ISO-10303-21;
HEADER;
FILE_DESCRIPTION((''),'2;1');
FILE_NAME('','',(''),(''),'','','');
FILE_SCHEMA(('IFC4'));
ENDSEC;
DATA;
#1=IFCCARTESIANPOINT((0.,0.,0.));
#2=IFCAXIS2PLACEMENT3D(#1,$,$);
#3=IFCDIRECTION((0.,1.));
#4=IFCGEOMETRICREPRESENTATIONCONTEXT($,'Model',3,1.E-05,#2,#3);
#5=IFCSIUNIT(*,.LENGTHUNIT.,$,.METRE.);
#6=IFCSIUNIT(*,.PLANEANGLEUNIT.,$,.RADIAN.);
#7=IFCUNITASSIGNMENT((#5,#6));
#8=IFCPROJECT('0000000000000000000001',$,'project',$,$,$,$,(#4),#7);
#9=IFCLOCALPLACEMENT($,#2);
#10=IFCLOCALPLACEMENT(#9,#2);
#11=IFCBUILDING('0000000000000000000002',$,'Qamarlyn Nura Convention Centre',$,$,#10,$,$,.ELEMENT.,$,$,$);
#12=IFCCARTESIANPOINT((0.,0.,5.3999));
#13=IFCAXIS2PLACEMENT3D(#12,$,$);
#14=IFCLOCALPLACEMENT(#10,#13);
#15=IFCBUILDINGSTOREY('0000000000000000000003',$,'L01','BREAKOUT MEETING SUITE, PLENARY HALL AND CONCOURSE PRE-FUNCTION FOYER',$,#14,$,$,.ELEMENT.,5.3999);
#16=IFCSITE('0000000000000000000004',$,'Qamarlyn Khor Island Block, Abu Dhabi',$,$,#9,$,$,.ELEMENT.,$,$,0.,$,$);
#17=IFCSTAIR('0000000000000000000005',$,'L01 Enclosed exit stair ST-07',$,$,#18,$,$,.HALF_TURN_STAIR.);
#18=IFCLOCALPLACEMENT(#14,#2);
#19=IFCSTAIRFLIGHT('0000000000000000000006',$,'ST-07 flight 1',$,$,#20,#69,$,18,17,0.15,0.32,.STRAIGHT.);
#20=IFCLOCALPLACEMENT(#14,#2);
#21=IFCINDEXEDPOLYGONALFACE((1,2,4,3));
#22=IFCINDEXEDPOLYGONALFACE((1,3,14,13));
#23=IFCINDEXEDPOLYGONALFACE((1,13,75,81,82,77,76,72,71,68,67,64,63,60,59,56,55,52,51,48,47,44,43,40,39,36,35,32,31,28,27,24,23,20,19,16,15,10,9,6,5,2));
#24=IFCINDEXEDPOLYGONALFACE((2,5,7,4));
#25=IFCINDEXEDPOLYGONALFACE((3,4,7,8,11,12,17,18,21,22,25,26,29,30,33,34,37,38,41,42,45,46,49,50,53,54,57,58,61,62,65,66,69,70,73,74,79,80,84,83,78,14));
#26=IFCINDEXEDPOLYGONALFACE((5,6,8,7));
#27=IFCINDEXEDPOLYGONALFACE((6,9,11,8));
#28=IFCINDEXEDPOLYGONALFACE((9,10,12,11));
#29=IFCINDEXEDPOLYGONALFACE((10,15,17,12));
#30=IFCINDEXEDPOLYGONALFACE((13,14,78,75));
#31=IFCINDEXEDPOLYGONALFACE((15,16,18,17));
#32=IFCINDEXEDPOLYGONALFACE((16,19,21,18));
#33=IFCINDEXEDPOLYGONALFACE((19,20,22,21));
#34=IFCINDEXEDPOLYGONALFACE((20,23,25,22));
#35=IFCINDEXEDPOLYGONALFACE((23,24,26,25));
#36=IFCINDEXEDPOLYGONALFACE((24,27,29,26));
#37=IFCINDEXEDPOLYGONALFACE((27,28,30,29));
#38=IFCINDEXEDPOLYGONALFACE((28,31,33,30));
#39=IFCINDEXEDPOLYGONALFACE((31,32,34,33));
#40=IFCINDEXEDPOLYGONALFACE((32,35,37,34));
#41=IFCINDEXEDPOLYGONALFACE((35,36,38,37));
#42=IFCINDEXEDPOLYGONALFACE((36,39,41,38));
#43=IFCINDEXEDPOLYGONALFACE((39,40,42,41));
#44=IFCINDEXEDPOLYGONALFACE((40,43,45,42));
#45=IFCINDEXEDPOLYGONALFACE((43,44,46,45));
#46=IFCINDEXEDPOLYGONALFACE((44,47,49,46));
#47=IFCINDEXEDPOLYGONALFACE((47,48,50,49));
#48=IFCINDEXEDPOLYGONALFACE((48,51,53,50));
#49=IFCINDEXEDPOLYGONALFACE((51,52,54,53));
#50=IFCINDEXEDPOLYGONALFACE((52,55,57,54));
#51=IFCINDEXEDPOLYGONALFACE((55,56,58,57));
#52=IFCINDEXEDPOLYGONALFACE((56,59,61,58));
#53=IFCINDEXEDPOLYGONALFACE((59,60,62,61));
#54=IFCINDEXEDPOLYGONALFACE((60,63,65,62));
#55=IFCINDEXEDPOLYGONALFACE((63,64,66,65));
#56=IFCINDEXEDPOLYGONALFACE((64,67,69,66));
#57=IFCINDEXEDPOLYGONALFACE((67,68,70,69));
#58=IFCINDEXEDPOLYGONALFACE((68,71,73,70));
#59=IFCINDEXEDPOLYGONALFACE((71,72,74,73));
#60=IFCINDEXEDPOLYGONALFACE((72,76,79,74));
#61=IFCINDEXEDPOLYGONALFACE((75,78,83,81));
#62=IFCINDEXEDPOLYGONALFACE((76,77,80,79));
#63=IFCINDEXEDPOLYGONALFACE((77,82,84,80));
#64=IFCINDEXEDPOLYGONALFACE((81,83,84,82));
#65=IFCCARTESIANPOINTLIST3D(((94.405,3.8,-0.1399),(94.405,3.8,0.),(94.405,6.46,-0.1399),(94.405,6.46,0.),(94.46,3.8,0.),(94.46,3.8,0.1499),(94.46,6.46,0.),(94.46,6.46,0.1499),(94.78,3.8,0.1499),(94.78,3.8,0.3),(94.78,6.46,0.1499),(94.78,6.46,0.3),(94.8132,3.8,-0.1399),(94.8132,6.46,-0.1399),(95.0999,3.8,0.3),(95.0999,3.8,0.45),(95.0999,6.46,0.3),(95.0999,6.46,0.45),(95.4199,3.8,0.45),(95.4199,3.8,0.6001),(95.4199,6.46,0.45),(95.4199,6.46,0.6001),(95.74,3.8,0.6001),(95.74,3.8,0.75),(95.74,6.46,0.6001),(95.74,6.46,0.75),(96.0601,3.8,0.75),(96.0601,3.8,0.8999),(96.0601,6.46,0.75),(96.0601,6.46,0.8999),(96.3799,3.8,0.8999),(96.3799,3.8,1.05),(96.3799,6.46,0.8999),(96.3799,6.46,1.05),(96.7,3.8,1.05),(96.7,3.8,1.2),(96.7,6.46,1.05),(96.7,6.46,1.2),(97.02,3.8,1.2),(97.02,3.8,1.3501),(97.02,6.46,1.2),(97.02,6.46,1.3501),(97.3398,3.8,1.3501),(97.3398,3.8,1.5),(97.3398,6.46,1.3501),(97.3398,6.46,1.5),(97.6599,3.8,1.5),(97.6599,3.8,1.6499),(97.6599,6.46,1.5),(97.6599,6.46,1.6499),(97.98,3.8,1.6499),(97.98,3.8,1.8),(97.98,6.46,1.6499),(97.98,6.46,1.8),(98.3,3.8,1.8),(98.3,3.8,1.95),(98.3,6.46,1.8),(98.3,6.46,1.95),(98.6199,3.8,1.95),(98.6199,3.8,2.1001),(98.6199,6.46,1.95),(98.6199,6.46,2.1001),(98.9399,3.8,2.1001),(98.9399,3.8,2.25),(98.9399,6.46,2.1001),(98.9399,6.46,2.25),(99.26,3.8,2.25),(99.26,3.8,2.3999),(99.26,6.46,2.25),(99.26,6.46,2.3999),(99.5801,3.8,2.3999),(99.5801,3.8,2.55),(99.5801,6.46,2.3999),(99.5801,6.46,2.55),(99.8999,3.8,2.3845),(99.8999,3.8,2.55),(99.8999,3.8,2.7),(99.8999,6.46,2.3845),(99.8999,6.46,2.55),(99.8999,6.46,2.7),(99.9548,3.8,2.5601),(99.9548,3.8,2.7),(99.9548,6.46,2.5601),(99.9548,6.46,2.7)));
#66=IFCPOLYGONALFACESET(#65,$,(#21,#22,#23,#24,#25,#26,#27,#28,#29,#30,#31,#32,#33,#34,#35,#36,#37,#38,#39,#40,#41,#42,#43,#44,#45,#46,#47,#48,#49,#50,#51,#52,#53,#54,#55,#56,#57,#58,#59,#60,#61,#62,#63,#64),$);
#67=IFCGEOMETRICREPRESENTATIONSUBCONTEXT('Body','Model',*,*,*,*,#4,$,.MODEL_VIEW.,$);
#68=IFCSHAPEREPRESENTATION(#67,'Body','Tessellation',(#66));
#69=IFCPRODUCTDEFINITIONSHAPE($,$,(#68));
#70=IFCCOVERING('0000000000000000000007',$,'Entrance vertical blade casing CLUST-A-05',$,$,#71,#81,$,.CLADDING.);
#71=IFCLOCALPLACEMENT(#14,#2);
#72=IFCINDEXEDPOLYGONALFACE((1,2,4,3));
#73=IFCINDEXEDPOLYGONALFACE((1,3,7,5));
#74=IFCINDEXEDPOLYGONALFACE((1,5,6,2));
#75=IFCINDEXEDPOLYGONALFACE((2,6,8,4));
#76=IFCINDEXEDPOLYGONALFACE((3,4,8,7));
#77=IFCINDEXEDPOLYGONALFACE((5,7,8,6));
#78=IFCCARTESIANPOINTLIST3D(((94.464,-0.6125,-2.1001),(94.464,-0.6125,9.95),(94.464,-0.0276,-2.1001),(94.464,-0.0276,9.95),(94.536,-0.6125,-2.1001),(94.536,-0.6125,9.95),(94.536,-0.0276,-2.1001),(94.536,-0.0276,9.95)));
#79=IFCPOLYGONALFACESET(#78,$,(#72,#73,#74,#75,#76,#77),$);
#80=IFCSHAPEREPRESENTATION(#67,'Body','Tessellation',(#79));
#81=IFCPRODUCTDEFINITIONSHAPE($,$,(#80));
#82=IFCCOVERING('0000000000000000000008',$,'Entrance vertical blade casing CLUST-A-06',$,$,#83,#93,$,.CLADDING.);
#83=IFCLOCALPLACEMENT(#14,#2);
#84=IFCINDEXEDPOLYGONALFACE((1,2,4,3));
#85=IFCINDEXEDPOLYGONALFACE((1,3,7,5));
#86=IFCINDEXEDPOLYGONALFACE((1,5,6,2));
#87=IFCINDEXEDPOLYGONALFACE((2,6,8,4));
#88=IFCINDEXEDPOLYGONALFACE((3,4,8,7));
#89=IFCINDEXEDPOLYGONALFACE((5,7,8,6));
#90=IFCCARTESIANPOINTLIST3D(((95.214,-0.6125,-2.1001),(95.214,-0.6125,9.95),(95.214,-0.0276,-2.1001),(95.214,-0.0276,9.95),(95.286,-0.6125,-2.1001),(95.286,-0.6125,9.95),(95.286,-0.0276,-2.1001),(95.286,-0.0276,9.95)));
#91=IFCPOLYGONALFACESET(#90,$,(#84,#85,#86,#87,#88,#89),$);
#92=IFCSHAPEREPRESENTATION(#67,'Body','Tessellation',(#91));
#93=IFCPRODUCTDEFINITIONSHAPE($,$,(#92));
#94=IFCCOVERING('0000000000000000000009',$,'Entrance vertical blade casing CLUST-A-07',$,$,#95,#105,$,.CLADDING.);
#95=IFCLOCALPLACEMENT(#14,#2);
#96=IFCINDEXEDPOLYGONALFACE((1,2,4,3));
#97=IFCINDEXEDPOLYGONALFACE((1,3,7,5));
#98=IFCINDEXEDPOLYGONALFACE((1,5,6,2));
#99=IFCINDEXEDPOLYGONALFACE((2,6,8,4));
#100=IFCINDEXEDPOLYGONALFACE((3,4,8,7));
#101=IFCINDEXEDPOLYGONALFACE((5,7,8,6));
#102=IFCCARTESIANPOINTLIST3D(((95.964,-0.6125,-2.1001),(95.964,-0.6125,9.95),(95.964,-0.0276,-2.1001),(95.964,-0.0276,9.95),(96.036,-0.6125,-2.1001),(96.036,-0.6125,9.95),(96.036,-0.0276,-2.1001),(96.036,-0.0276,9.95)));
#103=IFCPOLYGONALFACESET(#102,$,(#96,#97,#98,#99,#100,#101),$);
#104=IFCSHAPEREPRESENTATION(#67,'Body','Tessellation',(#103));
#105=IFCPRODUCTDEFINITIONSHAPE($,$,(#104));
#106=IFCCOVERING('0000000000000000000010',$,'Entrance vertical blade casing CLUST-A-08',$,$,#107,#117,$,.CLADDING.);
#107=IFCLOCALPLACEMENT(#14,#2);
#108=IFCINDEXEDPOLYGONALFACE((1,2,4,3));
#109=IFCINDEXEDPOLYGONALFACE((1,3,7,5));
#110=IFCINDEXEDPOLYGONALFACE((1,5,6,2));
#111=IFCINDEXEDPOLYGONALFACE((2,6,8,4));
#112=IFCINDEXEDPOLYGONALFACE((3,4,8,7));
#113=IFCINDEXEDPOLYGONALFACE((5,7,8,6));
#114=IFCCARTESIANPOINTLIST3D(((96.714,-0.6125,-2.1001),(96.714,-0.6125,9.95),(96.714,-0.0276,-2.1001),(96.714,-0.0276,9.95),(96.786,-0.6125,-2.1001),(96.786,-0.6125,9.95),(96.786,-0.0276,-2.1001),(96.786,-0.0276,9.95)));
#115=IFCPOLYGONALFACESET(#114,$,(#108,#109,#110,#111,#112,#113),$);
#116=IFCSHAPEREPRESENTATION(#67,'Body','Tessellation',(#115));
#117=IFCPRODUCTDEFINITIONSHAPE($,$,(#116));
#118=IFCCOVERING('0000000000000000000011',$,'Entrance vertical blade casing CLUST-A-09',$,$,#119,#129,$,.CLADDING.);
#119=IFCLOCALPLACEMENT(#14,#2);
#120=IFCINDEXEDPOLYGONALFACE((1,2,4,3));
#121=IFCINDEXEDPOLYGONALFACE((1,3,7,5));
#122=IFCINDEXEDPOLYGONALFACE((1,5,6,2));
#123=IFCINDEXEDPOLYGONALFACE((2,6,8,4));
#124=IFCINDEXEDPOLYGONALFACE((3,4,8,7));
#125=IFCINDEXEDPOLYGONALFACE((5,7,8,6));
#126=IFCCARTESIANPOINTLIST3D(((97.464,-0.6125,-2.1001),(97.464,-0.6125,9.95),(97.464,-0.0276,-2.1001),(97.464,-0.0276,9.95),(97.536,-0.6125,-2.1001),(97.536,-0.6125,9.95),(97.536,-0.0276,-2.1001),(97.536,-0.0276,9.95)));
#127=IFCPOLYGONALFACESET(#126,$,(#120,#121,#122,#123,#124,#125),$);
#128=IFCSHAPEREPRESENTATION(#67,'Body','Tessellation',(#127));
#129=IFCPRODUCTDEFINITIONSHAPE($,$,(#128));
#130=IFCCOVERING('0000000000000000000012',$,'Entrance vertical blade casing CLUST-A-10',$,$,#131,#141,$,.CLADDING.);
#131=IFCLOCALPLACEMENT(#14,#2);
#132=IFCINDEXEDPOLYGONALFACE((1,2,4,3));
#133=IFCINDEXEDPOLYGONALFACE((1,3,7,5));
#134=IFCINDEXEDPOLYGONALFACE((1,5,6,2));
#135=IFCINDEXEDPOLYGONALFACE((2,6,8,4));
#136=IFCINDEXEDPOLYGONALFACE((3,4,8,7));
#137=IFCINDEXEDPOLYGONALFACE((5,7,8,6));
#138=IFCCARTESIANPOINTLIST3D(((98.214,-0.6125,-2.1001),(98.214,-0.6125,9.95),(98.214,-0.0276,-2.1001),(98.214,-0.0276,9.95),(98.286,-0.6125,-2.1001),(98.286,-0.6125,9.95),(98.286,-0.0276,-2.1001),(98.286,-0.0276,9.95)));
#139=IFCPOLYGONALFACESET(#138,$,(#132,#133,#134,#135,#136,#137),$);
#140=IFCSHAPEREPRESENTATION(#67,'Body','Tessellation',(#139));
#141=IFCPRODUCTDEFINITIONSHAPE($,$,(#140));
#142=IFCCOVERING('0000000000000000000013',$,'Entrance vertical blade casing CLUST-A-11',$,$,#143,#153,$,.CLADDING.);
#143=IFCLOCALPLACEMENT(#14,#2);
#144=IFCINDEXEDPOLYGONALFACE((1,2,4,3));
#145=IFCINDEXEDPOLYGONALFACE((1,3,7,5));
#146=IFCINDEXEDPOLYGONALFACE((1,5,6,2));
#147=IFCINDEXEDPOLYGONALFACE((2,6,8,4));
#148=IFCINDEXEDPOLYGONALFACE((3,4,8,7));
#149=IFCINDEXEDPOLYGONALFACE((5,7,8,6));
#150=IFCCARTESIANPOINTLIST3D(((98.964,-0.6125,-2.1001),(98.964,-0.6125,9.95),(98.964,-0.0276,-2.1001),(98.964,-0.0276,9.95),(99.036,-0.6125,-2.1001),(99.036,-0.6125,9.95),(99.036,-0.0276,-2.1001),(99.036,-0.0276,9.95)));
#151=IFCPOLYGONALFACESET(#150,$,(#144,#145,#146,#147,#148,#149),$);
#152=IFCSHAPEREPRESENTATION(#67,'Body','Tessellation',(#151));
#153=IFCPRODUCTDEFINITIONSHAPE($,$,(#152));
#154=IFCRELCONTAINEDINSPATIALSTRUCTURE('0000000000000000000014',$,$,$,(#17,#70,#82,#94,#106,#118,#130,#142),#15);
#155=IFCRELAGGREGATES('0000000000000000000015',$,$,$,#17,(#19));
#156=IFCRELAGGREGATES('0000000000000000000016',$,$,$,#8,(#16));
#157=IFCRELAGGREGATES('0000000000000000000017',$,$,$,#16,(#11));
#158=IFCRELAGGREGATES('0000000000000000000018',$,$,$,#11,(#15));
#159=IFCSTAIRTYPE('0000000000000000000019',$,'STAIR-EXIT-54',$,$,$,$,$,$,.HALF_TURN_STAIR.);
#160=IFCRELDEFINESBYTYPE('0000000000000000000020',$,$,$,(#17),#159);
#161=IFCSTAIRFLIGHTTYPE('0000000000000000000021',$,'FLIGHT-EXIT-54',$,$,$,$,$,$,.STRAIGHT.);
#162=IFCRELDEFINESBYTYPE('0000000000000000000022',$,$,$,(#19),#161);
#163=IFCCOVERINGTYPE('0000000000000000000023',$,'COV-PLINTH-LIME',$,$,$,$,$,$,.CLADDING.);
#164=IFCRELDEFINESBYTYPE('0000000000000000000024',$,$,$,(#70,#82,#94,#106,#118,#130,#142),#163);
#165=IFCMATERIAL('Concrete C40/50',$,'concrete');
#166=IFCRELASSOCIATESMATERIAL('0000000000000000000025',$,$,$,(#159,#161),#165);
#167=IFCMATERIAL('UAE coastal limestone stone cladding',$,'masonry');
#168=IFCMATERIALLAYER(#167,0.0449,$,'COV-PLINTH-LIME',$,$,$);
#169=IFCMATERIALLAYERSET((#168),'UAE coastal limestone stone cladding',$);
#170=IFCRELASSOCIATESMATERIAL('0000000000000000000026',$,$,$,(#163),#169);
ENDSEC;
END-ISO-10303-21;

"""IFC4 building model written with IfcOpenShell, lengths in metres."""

from ifc_helpers import new_model, si_unit, direction, frame, origin, origin_2d, place, context, subcontext, project, spatial, polyline, rectangle, outline, extrude, material, layer, layer_set, type_object, element, aggregate, save


model = new_model("IFC4")

# Units and contexts
model_context = context("Model", 3, precision=1e-05, world=origin(), true_north=direction((0.0, 1.0)))
body_context = subcontext(model_context, "Body", "Model", "MODEL_VIEW")
ifc_project = project(units=[si_unit("LENGTHUNIT", "METRE"), si_unit("PLANEANGLEUNIT", "RADIAN")], contexts=[model_context])

# Site, building, storey
site_placement = place(None, origin())
site = spatial("IfcSite", under=ifc_project, at=site_placement, Name="Qamarlyn Khor Island Block, Abu Dhabi", CompositionType="ELEMENT", RefElevation=0.0)
building_placement = place(site_placement, origin())
building = spatial("IfcBuilding", under=site, at=building_placement, Name="Qamarlyn Nura Convention Centre", CompositionType="ELEMENT")
storey_placement = place(building_placement, frame((0.0, 0.0, 5.3999)))
storey = spatial("IfcBuildingStorey", under=building, at=storey_placement, Name="L01", Description="BREAKOUT MEETING SUITE, PLENARY HALL AND CONCOURSE PRE-FUNCTION FOYER", CompositionType="ELEMENT", Elevation=5.3999)

# Stair, stair flight
ifc_material_1 = material(Name="Concrete C40/50", Category="concrete")
stair_type = type_object("IfcStairType", Name="STAIR-EXIT-54", PredefinedType="HALF_TURN_STAIR", material=ifc_material_1)
stair_placement = place(storey_placement, origin())
stair = element("IfcStair", 1, at=stair_placement, inside=storey, type_object=stair_type, Name="L01 Enclosed exit stair ST-07", PredefinedType="HALF_TURN_STAIR")
stair_flight_type = type_object("IfcStairFlightType", Name="FLIGHT-EXIT-54", PredefinedType="STRAIGHT", material=ifc_material_1)
stair_flight_placement = place(storey_placement, frame((94.46, 5.1299, 0.0), z_axis=(0.0, 0.0, 1.0), x_axis=(1.0, 0.0, 0.0)))
stair_flight = element("IfcStairFlight", 2, at=stair_flight_placement, type_object=stair_flight_type, Name="ST-07 flight 1", NumberOfRisers=18, NumberOfTreads=17, PredefinedType="STRAIGHT", RiserHeight=0.15, TreadLength=0.32, context=body_context, shape_type="SweptSolid", body=[
    extrude(outline(polyline([(-0.0549, 0.0), (0.0, 0.0), (0.0, 0.1499), (0.3201, 0.1499), (0.3201, 0.3), (0.6399, 0.3), (0.6399, 0.45), (0.96, 0.45), (0.96, 0.6001), (1.28, 0.6001), (1.28, 0.75), (1.6001, 0.75), (1.6001, 0.8999), (1.9199, 0.8999), (1.9199, 1.05), (2.24, 1.05), (2.24, 1.2), (2.5601, 1.2), (2.5601, 1.3501), (2.8799, 1.3501), (2.8799, 1.5), (3.2, 1.5), (3.2, 1.6499), (3.52, 1.6499), (3.52, 1.8), (3.8401, 1.8), (3.8401, 1.95), (4.1599, 1.95), (4.1599, 2.1001), (4.48, 2.1001), (4.48, 2.25), (4.8, 2.25), (4.8, 2.3999), (5.1201, 2.3999), (5.1201, 2.55), (5.4399, 2.55), (5.4399, 2.7), (5.4949, 2.7), (5.4949, 2.5601), (5.4399, 2.3845), (0.3533, -0.1399), (-0.0549, -0.1399), (-0.0549, 0.0)])), frame((0.0, 1.3301, 0.0), z_axis=(0.0, -1.0, 0.0), x_axis=(1.0, 0.0, 0.0)), (0.0, 0.0, 1.0), 2.6599),
])
aggregate(stair, [stair_flight])

# Coverings
ifc_material_2 = material(Name="UAE coastal limestone stone cladding", Category="masonry")
ifc_layer_1 = layer(ifc_material_2, 0.0449, Name="COV-PLINTH-LIME")
ifc_layer_set_1 = layer_set([ifc_layer_1], Name="UAE coastal limestone stone cladding")
covering_type = type_object("IfcCoveringType", Name="COV-PLINTH-LIME", PredefinedType="CLADDING", material=ifc_layer_set_1)
for number, where, z_axis, x_axis, name in (
    (3, (94.5, -0.3201, -2.1001), (0.0, 0.0, 1.0), (0.0, -1.0, 0.0), "Entrance vertical blade casing CLUST-A-05"),
    (4, (95.25, -0.3201, -2.1001), (0.0, 0.0, 1.0), (0.0, -1.0, 0.0), "Entrance vertical blade casing CLUST-A-06"),
    (5, (96.0, -0.3201, -2.1001), (0.0, 0.0, 1.0), (0.0, -1.0, 0.0), "Entrance vertical blade casing CLUST-A-07"),
    (6, (96.75, -0.3201, -2.1001), (0.0, 0.0, 1.0), (0.0, -1.0, 0.0), "Entrance vertical blade casing CLUST-A-08"),
    (7, (97.5, -0.3201, -2.1001), (0.0, 0.0, 1.0), (0.0, -1.0, 0.0), "Entrance vertical blade casing CLUST-A-09"),
    (8, (98.25, -0.3201, -2.1001), (0.0, 0.0, 1.0), (0.0, -1.0, 0.0), "Entrance vertical blade casing CLUST-A-10"),
    (9, (99.0, -0.3201, -2.1001), (0.0, 0.0, 1.0), (0.0, -1.0, 0.0), "Entrance vertical blade casing CLUST-A-11"),
):
    element("IfcCovering", number, at=place(storey_placement, frame(where, z_axis=z_axis, x_axis=x_axis)), inside=storey, type_object=covering_type, Name=name, PredefinedType="CLADDING", context=body_context, shape_type="SweptSolid", body=[
        extrude(rectangle(XDim=0.585, YDim=0.072, at=origin_2d()), origin(), (0.0, 0.0, 1.0), 12.05),
    ])

save(model, "model.ifc")
